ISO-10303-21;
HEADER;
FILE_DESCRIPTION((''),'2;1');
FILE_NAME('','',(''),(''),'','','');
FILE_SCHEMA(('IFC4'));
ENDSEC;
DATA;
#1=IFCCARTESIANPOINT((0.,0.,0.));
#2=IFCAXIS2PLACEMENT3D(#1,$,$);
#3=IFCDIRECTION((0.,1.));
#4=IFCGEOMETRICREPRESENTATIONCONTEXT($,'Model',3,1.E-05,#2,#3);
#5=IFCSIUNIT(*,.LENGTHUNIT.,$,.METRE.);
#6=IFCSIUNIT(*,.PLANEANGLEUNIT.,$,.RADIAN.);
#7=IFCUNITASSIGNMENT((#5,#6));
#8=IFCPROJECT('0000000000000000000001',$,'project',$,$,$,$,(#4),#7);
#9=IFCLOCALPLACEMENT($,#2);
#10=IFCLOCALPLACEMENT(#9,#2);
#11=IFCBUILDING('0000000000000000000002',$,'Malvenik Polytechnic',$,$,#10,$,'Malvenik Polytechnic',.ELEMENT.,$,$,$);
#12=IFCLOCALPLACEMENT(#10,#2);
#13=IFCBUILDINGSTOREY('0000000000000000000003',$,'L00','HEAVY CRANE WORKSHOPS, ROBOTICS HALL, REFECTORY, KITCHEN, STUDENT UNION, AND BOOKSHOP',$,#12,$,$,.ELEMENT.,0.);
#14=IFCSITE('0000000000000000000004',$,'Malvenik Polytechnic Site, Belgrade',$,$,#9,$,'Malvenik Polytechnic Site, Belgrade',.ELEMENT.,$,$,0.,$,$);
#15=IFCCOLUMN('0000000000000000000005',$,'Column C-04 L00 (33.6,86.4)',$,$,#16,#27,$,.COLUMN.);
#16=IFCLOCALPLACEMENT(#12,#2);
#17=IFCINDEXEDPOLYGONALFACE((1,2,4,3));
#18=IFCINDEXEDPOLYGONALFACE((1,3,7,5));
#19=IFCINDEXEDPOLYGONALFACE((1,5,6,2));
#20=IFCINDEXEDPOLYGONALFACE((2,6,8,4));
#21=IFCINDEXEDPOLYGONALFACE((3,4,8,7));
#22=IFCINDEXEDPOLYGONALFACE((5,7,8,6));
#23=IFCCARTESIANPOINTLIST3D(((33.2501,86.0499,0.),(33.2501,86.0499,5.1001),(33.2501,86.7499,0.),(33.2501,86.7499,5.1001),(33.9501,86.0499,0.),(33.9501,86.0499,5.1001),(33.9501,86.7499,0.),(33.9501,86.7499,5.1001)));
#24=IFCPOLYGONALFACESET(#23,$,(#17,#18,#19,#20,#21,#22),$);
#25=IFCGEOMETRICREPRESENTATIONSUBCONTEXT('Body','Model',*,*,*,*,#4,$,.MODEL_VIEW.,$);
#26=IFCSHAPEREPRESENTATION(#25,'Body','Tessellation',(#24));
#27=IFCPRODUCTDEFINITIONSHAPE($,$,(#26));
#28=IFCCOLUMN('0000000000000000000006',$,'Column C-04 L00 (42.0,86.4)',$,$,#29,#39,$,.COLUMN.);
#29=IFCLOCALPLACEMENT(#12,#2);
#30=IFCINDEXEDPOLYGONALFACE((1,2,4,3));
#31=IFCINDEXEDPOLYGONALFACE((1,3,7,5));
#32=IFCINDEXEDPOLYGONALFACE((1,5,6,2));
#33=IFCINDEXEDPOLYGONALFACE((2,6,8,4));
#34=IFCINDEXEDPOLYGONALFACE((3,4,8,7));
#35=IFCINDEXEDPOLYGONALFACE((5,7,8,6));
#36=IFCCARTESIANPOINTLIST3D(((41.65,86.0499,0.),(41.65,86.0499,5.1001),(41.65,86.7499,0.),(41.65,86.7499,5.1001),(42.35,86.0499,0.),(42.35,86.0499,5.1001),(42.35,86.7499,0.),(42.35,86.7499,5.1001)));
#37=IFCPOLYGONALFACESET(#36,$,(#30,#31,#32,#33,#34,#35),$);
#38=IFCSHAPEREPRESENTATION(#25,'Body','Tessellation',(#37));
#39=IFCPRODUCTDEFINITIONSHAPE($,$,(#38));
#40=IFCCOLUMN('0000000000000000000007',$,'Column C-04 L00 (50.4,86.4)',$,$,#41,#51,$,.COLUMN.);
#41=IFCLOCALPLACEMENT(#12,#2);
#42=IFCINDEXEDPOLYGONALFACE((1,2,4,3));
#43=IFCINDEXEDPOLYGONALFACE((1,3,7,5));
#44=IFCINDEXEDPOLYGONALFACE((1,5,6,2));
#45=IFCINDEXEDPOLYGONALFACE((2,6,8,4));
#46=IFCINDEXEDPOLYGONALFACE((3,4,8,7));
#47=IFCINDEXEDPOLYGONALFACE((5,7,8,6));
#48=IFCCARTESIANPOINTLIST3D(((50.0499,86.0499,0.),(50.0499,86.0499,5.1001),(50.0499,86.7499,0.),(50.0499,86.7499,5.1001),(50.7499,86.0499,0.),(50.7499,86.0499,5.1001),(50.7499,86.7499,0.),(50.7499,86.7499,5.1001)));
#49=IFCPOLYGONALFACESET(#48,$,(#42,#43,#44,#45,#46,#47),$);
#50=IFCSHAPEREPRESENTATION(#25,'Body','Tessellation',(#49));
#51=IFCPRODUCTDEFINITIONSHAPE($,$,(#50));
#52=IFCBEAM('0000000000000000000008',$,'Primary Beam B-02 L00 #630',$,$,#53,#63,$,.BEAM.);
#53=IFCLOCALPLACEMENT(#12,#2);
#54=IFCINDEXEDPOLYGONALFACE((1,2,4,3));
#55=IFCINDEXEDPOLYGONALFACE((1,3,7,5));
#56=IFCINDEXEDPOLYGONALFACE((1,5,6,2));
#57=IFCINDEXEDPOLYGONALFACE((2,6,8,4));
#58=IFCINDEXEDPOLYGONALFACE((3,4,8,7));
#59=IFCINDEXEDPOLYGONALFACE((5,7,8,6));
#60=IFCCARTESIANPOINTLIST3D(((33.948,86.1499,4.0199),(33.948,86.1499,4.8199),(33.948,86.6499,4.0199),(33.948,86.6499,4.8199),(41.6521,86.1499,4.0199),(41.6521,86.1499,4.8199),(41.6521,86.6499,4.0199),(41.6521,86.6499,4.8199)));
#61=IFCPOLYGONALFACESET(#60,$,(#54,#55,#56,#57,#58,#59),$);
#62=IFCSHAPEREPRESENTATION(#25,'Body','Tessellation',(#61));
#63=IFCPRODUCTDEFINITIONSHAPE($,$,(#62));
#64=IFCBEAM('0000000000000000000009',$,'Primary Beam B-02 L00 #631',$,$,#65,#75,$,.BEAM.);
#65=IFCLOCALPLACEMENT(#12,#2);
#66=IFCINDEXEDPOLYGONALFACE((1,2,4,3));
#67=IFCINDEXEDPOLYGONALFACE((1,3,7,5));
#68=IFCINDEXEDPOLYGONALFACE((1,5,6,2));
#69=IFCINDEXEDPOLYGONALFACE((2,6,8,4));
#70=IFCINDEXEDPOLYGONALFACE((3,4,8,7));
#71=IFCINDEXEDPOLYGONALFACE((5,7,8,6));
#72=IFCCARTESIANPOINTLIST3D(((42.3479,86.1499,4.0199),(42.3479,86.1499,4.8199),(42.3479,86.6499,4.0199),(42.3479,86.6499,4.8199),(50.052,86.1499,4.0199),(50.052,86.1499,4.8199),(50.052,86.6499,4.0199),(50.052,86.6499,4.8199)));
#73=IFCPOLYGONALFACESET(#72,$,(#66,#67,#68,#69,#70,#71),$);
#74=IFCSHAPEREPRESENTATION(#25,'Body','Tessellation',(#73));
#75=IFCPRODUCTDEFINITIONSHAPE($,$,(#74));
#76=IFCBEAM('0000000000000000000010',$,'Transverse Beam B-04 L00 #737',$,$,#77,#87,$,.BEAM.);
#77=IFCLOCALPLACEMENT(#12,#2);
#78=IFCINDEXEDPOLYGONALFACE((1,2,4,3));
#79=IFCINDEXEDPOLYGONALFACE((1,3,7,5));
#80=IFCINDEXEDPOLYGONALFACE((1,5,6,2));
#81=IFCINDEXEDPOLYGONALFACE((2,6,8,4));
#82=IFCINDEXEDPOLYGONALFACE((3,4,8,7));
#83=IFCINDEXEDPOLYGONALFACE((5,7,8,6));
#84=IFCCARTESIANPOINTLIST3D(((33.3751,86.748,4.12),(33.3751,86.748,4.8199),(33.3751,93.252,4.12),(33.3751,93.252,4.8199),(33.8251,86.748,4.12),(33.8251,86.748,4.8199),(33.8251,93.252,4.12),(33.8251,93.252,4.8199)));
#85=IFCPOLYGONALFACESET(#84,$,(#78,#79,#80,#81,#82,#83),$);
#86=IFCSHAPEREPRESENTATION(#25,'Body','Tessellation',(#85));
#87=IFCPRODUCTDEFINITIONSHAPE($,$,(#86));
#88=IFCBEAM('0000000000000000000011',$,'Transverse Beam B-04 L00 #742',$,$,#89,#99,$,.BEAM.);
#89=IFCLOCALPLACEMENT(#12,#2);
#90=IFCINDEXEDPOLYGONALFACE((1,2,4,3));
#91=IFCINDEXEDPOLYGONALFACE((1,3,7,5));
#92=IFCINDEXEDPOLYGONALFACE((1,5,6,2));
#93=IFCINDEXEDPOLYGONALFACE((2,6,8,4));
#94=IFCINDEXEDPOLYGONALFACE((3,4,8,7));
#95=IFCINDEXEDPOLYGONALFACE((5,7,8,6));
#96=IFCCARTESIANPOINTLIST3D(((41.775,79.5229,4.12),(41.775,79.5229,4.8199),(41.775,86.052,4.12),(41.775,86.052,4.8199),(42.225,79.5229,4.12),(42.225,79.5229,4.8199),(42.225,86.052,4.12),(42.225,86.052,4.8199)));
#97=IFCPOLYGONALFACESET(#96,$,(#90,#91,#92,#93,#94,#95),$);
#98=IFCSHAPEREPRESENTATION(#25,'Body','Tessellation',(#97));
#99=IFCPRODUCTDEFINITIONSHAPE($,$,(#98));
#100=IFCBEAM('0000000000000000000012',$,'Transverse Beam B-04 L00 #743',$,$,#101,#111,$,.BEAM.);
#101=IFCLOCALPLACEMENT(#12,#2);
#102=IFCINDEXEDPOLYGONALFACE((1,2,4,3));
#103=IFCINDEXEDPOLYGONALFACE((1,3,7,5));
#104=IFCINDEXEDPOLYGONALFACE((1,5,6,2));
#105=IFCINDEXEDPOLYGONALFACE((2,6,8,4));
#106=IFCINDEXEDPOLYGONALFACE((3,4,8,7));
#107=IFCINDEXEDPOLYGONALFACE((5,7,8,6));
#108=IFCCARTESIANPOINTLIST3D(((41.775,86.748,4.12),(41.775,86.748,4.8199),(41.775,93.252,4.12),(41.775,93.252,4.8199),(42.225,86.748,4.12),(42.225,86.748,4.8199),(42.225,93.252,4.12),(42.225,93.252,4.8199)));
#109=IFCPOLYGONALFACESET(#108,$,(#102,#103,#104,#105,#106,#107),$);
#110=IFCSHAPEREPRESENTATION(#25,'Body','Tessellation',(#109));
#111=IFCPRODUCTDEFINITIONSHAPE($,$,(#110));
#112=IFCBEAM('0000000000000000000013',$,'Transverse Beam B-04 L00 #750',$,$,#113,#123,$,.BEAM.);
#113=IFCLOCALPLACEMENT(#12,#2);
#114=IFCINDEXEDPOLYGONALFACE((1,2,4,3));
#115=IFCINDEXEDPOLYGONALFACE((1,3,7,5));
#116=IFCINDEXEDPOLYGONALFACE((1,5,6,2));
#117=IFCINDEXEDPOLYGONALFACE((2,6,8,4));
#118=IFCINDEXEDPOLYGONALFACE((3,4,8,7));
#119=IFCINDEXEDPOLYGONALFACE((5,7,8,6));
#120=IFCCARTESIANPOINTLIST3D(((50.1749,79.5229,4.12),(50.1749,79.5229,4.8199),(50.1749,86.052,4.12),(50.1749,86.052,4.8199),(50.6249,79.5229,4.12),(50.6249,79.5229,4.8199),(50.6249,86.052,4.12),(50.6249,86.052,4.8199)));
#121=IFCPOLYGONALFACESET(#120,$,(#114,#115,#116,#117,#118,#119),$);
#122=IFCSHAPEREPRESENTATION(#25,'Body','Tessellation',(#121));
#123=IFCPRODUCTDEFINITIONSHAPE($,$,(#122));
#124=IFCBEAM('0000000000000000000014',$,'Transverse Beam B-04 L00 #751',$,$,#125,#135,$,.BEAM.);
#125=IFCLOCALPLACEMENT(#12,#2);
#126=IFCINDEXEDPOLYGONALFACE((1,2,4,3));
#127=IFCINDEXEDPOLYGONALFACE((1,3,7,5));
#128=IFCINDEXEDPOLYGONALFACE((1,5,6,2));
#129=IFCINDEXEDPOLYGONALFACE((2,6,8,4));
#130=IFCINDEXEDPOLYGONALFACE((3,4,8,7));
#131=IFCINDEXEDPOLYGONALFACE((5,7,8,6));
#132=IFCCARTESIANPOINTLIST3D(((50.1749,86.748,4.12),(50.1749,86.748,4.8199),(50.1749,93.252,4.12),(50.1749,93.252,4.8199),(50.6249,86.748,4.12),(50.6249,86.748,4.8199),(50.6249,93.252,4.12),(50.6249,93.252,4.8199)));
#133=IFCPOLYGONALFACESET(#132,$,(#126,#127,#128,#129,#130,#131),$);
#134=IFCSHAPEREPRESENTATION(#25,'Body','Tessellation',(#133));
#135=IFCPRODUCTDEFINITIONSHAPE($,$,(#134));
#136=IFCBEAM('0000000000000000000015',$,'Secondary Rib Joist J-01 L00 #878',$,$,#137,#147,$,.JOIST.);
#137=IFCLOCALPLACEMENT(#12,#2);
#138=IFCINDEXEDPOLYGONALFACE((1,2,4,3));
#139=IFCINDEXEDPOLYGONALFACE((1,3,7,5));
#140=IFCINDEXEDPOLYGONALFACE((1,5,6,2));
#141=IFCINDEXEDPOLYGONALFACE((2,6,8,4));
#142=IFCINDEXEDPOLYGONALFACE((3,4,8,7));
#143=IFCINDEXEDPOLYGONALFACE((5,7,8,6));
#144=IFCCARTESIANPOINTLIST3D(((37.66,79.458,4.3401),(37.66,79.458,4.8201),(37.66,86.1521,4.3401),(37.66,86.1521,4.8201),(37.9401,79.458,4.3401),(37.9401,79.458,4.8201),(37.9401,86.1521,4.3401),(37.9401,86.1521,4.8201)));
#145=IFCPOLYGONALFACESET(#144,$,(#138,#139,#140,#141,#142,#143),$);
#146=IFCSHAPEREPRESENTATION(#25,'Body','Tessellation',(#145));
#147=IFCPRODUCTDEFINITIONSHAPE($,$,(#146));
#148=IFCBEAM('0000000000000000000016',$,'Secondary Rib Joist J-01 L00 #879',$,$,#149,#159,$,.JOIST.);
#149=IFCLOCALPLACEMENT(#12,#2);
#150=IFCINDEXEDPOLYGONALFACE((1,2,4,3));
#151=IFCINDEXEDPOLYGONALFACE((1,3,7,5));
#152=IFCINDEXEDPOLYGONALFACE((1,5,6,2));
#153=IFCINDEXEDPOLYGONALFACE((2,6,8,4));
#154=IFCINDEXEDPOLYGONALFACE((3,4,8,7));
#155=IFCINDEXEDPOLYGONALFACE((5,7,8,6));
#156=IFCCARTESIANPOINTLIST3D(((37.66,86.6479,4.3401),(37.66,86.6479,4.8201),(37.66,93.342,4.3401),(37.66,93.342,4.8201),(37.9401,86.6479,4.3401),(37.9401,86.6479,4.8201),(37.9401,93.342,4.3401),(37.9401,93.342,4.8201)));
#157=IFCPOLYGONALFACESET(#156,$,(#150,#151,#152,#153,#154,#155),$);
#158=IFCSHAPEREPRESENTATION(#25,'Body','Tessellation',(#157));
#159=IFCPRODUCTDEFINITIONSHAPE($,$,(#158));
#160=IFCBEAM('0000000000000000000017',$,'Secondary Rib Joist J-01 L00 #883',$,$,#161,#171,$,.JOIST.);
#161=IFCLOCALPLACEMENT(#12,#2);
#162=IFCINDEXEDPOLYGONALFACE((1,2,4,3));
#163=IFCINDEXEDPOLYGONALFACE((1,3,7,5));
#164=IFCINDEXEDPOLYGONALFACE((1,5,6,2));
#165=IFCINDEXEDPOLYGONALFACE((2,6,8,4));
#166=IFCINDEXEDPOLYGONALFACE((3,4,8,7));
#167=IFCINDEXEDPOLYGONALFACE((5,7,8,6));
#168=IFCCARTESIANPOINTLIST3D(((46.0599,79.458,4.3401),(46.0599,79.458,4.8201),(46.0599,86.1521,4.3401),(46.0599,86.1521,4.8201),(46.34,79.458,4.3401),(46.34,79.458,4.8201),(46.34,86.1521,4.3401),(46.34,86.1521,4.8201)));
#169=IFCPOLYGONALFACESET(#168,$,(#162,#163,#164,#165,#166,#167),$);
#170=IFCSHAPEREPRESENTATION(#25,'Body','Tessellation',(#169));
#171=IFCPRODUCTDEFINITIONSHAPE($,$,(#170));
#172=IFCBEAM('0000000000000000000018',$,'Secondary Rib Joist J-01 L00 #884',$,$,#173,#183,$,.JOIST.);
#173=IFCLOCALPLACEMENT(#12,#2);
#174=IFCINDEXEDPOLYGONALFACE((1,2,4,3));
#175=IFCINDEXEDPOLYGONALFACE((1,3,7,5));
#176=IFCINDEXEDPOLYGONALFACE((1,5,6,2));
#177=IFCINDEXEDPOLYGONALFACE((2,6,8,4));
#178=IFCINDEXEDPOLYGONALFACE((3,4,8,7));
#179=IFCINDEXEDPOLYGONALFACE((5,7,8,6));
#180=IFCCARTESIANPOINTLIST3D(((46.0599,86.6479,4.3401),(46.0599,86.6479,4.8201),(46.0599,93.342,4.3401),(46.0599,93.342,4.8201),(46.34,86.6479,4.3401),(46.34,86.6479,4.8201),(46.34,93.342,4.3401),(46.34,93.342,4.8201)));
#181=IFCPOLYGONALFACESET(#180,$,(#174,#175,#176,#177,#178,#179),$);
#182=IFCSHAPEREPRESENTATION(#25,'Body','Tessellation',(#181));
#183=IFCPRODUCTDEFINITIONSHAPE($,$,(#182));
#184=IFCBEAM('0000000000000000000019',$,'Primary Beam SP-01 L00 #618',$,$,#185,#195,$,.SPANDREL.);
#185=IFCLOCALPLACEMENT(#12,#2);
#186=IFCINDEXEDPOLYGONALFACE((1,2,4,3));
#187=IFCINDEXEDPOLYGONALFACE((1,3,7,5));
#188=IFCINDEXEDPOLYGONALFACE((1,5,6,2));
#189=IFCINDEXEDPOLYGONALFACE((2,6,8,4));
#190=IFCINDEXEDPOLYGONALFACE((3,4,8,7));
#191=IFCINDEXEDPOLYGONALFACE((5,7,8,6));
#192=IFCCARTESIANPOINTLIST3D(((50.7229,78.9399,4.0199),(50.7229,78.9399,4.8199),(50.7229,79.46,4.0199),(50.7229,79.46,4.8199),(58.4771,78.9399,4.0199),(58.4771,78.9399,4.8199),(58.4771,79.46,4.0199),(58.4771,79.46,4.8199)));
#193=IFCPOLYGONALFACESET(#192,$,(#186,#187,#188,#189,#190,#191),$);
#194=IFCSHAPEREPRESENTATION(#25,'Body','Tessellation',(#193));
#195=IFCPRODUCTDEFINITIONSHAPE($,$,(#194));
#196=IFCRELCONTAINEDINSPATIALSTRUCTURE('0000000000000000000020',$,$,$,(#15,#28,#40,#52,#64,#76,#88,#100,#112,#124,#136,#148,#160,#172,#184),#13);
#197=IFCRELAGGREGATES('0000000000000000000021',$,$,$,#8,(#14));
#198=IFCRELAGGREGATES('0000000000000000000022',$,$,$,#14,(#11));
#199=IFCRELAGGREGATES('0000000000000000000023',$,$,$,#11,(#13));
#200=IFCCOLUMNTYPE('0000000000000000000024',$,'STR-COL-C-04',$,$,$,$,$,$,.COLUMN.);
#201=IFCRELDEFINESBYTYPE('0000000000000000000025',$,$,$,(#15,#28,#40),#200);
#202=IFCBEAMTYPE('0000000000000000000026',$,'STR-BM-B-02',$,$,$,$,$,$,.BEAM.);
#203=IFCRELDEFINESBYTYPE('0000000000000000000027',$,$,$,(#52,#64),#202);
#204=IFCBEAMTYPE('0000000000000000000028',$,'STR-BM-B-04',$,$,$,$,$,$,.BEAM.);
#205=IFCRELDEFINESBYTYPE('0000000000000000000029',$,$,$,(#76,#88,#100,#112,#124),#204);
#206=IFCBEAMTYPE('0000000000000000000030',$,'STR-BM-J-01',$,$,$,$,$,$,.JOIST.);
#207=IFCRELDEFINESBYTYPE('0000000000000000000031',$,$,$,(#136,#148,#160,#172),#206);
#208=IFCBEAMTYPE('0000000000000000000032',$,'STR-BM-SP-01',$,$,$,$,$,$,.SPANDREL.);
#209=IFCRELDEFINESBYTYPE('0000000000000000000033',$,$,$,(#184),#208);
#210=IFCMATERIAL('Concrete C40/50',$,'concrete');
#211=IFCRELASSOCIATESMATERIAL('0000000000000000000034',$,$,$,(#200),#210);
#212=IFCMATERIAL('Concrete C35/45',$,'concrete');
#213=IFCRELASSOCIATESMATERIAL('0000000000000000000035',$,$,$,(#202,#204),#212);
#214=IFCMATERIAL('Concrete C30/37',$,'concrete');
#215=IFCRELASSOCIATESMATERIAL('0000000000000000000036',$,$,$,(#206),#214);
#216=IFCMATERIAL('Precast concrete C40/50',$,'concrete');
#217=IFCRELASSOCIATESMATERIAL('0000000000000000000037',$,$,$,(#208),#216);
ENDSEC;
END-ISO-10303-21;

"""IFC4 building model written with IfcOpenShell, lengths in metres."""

from ifc_helpers import new_model, si_unit, direction, frame, origin, origin_2d, place, context, subcontext, project, spatial, rectangle, extrude, material, material_profile, profile_set, type_object, element, save


model = new_model("IFC4")

# Units and contexts
model_context = context("Model", 3, precision=1e-05, world=origin(), true_north=direction((0.0, 1.0)))
body_context = subcontext(model_context, "Body", "Model", "MODEL_VIEW")
ifc_project = project(units=[si_unit("LENGTHUNIT", "METRE"), si_unit("PLANEANGLEUNIT", "RADIAN")], contexts=[model_context])

# Site, building, storey
site_placement = place(None, origin())
site = spatial("IfcSite", under=ifc_project, at=site_placement, Name="Malvenik Polytechnic Site, Belgrade", LongName="Malvenik Polytechnic Site, Belgrade", CompositionType="ELEMENT", RefElevation=0.0)
building_placement = place(site_placement, origin())
building = spatial("IfcBuilding", under=site, at=building_placement, Name="Malvenik Polytechnic", LongName="Malvenik Polytechnic", CompositionType="ELEMENT")
storey_placement = place(building_placement, origin())
storey = spatial("IfcBuildingStorey", under=building, at=storey_placement, Name="L00", Description="HEAVY CRANE WORKSHOPS, ROBOTICS HALL, REFECTORY, KITCHEN, STUDENT UNION, AND BOOKSHOP", CompositionType="ELEMENT", Elevation=0.0)

# Columns
ifc_material_1 = material(Name="Concrete C40/50", Category="concrete")
ifc_material_profile_1 = material_profile(ifc_material_1, rectangle(XDim=0.7, YDim=0.7, at=origin_2d()), Name="RC COL 700x700")
ifc_profile_set_1 = profile_set([ifc_material_profile_1], Name="Concrete C40/50")
column_type = type_object("IfcColumnType", Name="STR-COL-C-04", PredefinedType="COLUMN", material=ifc_profile_set_1)
for number, where, z_axis, x_axis, name in (
    (1, (33.6001, 86.3999, 0.0), (0.0, 0.0, 1.0), (1.0, 0.0, 0.0), "Column C-04 L00 (33.6,86.4)"),
    (2, (42.0, 86.3999, 0.0), (0.0, 0.0, 1.0), (1.0, 0.0, 0.0), "Column C-04 L00 (42.0,86.4)"),
    (3, (50.3999, 86.3999, 0.0), (0.0, 0.0, 1.0), (1.0, 0.0, 0.0), "Column C-04 L00 (50.4,86.4)"),
):
    element("IfcColumn", number, at=place(storey_placement, frame(where, z_axis=z_axis, x_axis=x_axis)), inside=storey, type_object=column_type, Name=name, PredefinedType="COLUMN", context=body_context, shape_type="SweptSolid", body=[
        extrude(rectangle(XDim=0.7, YDim=0.7, at=origin_2d()), origin(), (0.0, 0.0, 1.0), 5.1001),
    ])

# Beams
ifc_material_2 = material(Name="Concrete C35/45", Category="concrete")
ifc_material_profile_2 = material_profile(ifc_material_2, rectangle(XDim=0.5, YDim=0.8, at=origin_2d()), Name="RC BM 500x800")
ifc_profile_set_2 = profile_set([ifc_material_profile_2], Name="Concrete C35/45")
beam_type_1 = type_object("IfcBeamType", Name="STR-BM-B-02", PredefinedType="BEAM", material=ifc_profile_set_2)
for number, where, z_axis, x_axis, name in (
    (4, (33.948, 86.3999, 4.4199), (1.0, 0.0, 0.0), (0.0, 1.0, 0.0), "Primary Beam B-02 L00 #630"),
    (5, (42.3479, 86.3999, 4.4199), (1.0, 0.0, 0.0), (0.0, 1.0, 0.0), "Primary Beam B-02 L00 #631"),
):
    element("IfcBeam", number, at=place(storey_placement, frame(where, z_axis=z_axis, x_axis=x_axis)), inside=storey, type_object=beam_type_1, Name=name, PredefinedType="BEAM", context=body_context, shape_type="SweptSolid", body=[
        extrude(rectangle(XDim=0.5, YDim=0.8, at=origin_2d()), origin(), (0.0, 0.0, 1.0), 7.7041),
    ])
ifc_material_profile_3 = material_profile(ifc_material_2, rectangle(XDim=0.45, YDim=0.7, at=origin_2d()), Name="RC BM 450x700")
ifc_profile_set_3 = profile_set([ifc_material_profile_3], Name="Concrete C35/45")
beam_type_2 = type_object("IfcBeamType", Name="STR-BM-B-04", PredefinedType="BEAM", material=ifc_profile_set_3)
beam_1_placement = place(storey_placement, frame((33.6001, 86.748, 4.47), z_axis=(0.0, 1.0, 0.0), x_axis=(-1.0, 0.0, 0.0)))
element("IfcBeam", 6, at=beam_1_placement, inside=storey, type_object=beam_type_2, Name="Transverse Beam B-04 L00 #737", PredefinedType="BEAM", context=body_context, shape_type="SweptSolid", body=[
    extrude(rectangle(XDim=0.45, YDim=0.7, at=origin_2d()), origin(), (0.0, 0.0, 1.0), 6.5039),
])
beam_2_placement = place(storey_placement, frame((42.0, 79.5229, 4.47), z_axis=(0.0, 1.0, 0.0), x_axis=(-1.0, 0.0, 0.0)))
element("IfcBeam", 7, at=beam_2_placement, inside=storey, type_object=beam_type_2, Name="Transverse Beam B-04 L00 #742", PredefinedType="BEAM", context=body_context, shape_type="SweptSolid", body=[
    extrude(rectangle(XDim=0.45, YDim=0.7, at=origin_2d()), origin(), (0.0, 0.0, 1.0), 6.5291),
])
beam_3_placement = place(storey_placement, frame((42.0, 86.748, 4.47), z_axis=(0.0, 1.0, 0.0), x_axis=(-1.0, 0.0, 0.0)))
element("IfcBeam", 8, at=beam_3_placement, inside=storey, type_object=beam_type_2, Name="Transverse Beam B-04 L00 #743", PredefinedType="BEAM", context=body_context, shape_type="SweptSolid", body=[
    extrude(rectangle(XDim=0.45, YDim=0.7, at=origin_2d()), origin(), (0.0, 0.0, 1.0), 6.5039),
])
beam_4_placement = place(storey_placement, frame((50.3999, 79.5229, 4.47), z_axis=(0.0, 1.0, 0.0), x_axis=(-1.0, 0.0, 0.0)))
element("IfcBeam", 9, at=beam_4_placement, inside=storey, type_object=beam_type_2, Name="Transverse Beam B-04 L00 #750", PredefinedType="BEAM", context=body_context, shape_type="SweptSolid", body=[
    extrude(rectangle(XDim=0.45, YDim=0.7, at=origin_2d()), origin(), (0.0, 0.0, 1.0), 6.5291),
])
beam_5_placement = place(storey_placement, frame((50.3999, 86.748, 4.47), z_axis=(0.0, 1.0, 0.0), x_axis=(-1.0, 0.0, 0.0)))
element("IfcBeam", 10, at=beam_5_placement, inside=storey, type_object=beam_type_2, Name="Transverse Beam B-04 L00 #751", PredefinedType="BEAM", context=body_context, shape_type="SweptSolid", body=[
    extrude(rectangle(XDim=0.45, YDim=0.7, at=origin_2d()), origin(), (0.0, 0.0, 1.0), 6.5039),
])
ifc_material_3 = material(Name="Concrete C30/37", Category="concrete")
ifc_material_profile_4 = material_profile(ifc_material_3, rectangle(XDim=0.28, YDim=0.48, at=origin_2d()), Name="RC JST 280x480")
ifc_profile_set_4 = profile_set([ifc_material_profile_4], Name="Concrete C30/37")
beam_type_3 = type_object("IfcBeamType", Name="STR-BM-J-01", PredefinedType="JOIST", material=ifc_profile_set_4)
for number, where, z_axis, x_axis, name in (
    (11, (37.8, 79.458, 4.5801), (0.0, 1.0, 0.0), (-1.0, 0.0, 0.0), "Secondary Rib Joist J-01 L00 #878"),
    (12, (37.8, 86.6479, 4.5801), (0.0, 1.0, 0.0), (-1.0, 0.0, 0.0), "Secondary Rib Joist J-01 L00 #879"),
    (13, (46.2, 79.458, 4.5801), (0.0, 1.0, 0.0), (-1.0, 0.0, 0.0), "Secondary Rib Joist J-01 L00 #883"),
    (14, (46.2, 86.6479, 4.5801), (0.0, 1.0, 0.0), (-1.0, 0.0, 0.0), "Secondary Rib Joist J-01 L00 #884"),
):
    element("IfcBeam", number, at=place(storey_placement, frame(where, z_axis=z_axis, x_axis=x_axis)), inside=storey, type_object=beam_type_3, Name=name, PredefinedType="JOIST", context=body_context, shape_type="SweptSolid", body=[
        extrude(rectangle(XDim=0.28, YDim=0.48, at=origin_2d()), origin(), (0.0, 0.0, 1.0), 6.6941),
    ])
ifc_material_4 = material(Name="Precast concrete C40/50", Category="concrete")
ifc_material_profile_5 = material_profile(ifc_material_4, rectangle(XDim=0.52, YDim=0.8, at=origin_2d()), Name="PC SPN 520x800")
ifc_profile_set_5 = profile_set([ifc_material_profile_5], Name="Precast concrete C40/50")
beam_type_4 = type_object("IfcBeamType", Name="STR-BM-SP-01", PredefinedType="SPANDREL", material=ifc_profile_set_5)
beam_6_placement = place(storey_placement, frame((50.7229, 79.2, 4.4199), z_axis=(1.0, 0.0, 0.0), x_axis=(0.0, 1.0, 0.0)))
element("IfcBeam", 15, at=beam_6_placement, inside=storey, type_object=beam_type_4, Name="Primary Beam SP-01 L00 #618", PredefinedType="SPANDREL", context=body_context, shape_type="SweptSolid", body=[
    extrude(rectangle(XDim=0.52, YDim=0.8, at=origin_2d()), origin(), (0.0, 0.0, 1.0), 7.7542),
])

save(model, "model.ifc")
